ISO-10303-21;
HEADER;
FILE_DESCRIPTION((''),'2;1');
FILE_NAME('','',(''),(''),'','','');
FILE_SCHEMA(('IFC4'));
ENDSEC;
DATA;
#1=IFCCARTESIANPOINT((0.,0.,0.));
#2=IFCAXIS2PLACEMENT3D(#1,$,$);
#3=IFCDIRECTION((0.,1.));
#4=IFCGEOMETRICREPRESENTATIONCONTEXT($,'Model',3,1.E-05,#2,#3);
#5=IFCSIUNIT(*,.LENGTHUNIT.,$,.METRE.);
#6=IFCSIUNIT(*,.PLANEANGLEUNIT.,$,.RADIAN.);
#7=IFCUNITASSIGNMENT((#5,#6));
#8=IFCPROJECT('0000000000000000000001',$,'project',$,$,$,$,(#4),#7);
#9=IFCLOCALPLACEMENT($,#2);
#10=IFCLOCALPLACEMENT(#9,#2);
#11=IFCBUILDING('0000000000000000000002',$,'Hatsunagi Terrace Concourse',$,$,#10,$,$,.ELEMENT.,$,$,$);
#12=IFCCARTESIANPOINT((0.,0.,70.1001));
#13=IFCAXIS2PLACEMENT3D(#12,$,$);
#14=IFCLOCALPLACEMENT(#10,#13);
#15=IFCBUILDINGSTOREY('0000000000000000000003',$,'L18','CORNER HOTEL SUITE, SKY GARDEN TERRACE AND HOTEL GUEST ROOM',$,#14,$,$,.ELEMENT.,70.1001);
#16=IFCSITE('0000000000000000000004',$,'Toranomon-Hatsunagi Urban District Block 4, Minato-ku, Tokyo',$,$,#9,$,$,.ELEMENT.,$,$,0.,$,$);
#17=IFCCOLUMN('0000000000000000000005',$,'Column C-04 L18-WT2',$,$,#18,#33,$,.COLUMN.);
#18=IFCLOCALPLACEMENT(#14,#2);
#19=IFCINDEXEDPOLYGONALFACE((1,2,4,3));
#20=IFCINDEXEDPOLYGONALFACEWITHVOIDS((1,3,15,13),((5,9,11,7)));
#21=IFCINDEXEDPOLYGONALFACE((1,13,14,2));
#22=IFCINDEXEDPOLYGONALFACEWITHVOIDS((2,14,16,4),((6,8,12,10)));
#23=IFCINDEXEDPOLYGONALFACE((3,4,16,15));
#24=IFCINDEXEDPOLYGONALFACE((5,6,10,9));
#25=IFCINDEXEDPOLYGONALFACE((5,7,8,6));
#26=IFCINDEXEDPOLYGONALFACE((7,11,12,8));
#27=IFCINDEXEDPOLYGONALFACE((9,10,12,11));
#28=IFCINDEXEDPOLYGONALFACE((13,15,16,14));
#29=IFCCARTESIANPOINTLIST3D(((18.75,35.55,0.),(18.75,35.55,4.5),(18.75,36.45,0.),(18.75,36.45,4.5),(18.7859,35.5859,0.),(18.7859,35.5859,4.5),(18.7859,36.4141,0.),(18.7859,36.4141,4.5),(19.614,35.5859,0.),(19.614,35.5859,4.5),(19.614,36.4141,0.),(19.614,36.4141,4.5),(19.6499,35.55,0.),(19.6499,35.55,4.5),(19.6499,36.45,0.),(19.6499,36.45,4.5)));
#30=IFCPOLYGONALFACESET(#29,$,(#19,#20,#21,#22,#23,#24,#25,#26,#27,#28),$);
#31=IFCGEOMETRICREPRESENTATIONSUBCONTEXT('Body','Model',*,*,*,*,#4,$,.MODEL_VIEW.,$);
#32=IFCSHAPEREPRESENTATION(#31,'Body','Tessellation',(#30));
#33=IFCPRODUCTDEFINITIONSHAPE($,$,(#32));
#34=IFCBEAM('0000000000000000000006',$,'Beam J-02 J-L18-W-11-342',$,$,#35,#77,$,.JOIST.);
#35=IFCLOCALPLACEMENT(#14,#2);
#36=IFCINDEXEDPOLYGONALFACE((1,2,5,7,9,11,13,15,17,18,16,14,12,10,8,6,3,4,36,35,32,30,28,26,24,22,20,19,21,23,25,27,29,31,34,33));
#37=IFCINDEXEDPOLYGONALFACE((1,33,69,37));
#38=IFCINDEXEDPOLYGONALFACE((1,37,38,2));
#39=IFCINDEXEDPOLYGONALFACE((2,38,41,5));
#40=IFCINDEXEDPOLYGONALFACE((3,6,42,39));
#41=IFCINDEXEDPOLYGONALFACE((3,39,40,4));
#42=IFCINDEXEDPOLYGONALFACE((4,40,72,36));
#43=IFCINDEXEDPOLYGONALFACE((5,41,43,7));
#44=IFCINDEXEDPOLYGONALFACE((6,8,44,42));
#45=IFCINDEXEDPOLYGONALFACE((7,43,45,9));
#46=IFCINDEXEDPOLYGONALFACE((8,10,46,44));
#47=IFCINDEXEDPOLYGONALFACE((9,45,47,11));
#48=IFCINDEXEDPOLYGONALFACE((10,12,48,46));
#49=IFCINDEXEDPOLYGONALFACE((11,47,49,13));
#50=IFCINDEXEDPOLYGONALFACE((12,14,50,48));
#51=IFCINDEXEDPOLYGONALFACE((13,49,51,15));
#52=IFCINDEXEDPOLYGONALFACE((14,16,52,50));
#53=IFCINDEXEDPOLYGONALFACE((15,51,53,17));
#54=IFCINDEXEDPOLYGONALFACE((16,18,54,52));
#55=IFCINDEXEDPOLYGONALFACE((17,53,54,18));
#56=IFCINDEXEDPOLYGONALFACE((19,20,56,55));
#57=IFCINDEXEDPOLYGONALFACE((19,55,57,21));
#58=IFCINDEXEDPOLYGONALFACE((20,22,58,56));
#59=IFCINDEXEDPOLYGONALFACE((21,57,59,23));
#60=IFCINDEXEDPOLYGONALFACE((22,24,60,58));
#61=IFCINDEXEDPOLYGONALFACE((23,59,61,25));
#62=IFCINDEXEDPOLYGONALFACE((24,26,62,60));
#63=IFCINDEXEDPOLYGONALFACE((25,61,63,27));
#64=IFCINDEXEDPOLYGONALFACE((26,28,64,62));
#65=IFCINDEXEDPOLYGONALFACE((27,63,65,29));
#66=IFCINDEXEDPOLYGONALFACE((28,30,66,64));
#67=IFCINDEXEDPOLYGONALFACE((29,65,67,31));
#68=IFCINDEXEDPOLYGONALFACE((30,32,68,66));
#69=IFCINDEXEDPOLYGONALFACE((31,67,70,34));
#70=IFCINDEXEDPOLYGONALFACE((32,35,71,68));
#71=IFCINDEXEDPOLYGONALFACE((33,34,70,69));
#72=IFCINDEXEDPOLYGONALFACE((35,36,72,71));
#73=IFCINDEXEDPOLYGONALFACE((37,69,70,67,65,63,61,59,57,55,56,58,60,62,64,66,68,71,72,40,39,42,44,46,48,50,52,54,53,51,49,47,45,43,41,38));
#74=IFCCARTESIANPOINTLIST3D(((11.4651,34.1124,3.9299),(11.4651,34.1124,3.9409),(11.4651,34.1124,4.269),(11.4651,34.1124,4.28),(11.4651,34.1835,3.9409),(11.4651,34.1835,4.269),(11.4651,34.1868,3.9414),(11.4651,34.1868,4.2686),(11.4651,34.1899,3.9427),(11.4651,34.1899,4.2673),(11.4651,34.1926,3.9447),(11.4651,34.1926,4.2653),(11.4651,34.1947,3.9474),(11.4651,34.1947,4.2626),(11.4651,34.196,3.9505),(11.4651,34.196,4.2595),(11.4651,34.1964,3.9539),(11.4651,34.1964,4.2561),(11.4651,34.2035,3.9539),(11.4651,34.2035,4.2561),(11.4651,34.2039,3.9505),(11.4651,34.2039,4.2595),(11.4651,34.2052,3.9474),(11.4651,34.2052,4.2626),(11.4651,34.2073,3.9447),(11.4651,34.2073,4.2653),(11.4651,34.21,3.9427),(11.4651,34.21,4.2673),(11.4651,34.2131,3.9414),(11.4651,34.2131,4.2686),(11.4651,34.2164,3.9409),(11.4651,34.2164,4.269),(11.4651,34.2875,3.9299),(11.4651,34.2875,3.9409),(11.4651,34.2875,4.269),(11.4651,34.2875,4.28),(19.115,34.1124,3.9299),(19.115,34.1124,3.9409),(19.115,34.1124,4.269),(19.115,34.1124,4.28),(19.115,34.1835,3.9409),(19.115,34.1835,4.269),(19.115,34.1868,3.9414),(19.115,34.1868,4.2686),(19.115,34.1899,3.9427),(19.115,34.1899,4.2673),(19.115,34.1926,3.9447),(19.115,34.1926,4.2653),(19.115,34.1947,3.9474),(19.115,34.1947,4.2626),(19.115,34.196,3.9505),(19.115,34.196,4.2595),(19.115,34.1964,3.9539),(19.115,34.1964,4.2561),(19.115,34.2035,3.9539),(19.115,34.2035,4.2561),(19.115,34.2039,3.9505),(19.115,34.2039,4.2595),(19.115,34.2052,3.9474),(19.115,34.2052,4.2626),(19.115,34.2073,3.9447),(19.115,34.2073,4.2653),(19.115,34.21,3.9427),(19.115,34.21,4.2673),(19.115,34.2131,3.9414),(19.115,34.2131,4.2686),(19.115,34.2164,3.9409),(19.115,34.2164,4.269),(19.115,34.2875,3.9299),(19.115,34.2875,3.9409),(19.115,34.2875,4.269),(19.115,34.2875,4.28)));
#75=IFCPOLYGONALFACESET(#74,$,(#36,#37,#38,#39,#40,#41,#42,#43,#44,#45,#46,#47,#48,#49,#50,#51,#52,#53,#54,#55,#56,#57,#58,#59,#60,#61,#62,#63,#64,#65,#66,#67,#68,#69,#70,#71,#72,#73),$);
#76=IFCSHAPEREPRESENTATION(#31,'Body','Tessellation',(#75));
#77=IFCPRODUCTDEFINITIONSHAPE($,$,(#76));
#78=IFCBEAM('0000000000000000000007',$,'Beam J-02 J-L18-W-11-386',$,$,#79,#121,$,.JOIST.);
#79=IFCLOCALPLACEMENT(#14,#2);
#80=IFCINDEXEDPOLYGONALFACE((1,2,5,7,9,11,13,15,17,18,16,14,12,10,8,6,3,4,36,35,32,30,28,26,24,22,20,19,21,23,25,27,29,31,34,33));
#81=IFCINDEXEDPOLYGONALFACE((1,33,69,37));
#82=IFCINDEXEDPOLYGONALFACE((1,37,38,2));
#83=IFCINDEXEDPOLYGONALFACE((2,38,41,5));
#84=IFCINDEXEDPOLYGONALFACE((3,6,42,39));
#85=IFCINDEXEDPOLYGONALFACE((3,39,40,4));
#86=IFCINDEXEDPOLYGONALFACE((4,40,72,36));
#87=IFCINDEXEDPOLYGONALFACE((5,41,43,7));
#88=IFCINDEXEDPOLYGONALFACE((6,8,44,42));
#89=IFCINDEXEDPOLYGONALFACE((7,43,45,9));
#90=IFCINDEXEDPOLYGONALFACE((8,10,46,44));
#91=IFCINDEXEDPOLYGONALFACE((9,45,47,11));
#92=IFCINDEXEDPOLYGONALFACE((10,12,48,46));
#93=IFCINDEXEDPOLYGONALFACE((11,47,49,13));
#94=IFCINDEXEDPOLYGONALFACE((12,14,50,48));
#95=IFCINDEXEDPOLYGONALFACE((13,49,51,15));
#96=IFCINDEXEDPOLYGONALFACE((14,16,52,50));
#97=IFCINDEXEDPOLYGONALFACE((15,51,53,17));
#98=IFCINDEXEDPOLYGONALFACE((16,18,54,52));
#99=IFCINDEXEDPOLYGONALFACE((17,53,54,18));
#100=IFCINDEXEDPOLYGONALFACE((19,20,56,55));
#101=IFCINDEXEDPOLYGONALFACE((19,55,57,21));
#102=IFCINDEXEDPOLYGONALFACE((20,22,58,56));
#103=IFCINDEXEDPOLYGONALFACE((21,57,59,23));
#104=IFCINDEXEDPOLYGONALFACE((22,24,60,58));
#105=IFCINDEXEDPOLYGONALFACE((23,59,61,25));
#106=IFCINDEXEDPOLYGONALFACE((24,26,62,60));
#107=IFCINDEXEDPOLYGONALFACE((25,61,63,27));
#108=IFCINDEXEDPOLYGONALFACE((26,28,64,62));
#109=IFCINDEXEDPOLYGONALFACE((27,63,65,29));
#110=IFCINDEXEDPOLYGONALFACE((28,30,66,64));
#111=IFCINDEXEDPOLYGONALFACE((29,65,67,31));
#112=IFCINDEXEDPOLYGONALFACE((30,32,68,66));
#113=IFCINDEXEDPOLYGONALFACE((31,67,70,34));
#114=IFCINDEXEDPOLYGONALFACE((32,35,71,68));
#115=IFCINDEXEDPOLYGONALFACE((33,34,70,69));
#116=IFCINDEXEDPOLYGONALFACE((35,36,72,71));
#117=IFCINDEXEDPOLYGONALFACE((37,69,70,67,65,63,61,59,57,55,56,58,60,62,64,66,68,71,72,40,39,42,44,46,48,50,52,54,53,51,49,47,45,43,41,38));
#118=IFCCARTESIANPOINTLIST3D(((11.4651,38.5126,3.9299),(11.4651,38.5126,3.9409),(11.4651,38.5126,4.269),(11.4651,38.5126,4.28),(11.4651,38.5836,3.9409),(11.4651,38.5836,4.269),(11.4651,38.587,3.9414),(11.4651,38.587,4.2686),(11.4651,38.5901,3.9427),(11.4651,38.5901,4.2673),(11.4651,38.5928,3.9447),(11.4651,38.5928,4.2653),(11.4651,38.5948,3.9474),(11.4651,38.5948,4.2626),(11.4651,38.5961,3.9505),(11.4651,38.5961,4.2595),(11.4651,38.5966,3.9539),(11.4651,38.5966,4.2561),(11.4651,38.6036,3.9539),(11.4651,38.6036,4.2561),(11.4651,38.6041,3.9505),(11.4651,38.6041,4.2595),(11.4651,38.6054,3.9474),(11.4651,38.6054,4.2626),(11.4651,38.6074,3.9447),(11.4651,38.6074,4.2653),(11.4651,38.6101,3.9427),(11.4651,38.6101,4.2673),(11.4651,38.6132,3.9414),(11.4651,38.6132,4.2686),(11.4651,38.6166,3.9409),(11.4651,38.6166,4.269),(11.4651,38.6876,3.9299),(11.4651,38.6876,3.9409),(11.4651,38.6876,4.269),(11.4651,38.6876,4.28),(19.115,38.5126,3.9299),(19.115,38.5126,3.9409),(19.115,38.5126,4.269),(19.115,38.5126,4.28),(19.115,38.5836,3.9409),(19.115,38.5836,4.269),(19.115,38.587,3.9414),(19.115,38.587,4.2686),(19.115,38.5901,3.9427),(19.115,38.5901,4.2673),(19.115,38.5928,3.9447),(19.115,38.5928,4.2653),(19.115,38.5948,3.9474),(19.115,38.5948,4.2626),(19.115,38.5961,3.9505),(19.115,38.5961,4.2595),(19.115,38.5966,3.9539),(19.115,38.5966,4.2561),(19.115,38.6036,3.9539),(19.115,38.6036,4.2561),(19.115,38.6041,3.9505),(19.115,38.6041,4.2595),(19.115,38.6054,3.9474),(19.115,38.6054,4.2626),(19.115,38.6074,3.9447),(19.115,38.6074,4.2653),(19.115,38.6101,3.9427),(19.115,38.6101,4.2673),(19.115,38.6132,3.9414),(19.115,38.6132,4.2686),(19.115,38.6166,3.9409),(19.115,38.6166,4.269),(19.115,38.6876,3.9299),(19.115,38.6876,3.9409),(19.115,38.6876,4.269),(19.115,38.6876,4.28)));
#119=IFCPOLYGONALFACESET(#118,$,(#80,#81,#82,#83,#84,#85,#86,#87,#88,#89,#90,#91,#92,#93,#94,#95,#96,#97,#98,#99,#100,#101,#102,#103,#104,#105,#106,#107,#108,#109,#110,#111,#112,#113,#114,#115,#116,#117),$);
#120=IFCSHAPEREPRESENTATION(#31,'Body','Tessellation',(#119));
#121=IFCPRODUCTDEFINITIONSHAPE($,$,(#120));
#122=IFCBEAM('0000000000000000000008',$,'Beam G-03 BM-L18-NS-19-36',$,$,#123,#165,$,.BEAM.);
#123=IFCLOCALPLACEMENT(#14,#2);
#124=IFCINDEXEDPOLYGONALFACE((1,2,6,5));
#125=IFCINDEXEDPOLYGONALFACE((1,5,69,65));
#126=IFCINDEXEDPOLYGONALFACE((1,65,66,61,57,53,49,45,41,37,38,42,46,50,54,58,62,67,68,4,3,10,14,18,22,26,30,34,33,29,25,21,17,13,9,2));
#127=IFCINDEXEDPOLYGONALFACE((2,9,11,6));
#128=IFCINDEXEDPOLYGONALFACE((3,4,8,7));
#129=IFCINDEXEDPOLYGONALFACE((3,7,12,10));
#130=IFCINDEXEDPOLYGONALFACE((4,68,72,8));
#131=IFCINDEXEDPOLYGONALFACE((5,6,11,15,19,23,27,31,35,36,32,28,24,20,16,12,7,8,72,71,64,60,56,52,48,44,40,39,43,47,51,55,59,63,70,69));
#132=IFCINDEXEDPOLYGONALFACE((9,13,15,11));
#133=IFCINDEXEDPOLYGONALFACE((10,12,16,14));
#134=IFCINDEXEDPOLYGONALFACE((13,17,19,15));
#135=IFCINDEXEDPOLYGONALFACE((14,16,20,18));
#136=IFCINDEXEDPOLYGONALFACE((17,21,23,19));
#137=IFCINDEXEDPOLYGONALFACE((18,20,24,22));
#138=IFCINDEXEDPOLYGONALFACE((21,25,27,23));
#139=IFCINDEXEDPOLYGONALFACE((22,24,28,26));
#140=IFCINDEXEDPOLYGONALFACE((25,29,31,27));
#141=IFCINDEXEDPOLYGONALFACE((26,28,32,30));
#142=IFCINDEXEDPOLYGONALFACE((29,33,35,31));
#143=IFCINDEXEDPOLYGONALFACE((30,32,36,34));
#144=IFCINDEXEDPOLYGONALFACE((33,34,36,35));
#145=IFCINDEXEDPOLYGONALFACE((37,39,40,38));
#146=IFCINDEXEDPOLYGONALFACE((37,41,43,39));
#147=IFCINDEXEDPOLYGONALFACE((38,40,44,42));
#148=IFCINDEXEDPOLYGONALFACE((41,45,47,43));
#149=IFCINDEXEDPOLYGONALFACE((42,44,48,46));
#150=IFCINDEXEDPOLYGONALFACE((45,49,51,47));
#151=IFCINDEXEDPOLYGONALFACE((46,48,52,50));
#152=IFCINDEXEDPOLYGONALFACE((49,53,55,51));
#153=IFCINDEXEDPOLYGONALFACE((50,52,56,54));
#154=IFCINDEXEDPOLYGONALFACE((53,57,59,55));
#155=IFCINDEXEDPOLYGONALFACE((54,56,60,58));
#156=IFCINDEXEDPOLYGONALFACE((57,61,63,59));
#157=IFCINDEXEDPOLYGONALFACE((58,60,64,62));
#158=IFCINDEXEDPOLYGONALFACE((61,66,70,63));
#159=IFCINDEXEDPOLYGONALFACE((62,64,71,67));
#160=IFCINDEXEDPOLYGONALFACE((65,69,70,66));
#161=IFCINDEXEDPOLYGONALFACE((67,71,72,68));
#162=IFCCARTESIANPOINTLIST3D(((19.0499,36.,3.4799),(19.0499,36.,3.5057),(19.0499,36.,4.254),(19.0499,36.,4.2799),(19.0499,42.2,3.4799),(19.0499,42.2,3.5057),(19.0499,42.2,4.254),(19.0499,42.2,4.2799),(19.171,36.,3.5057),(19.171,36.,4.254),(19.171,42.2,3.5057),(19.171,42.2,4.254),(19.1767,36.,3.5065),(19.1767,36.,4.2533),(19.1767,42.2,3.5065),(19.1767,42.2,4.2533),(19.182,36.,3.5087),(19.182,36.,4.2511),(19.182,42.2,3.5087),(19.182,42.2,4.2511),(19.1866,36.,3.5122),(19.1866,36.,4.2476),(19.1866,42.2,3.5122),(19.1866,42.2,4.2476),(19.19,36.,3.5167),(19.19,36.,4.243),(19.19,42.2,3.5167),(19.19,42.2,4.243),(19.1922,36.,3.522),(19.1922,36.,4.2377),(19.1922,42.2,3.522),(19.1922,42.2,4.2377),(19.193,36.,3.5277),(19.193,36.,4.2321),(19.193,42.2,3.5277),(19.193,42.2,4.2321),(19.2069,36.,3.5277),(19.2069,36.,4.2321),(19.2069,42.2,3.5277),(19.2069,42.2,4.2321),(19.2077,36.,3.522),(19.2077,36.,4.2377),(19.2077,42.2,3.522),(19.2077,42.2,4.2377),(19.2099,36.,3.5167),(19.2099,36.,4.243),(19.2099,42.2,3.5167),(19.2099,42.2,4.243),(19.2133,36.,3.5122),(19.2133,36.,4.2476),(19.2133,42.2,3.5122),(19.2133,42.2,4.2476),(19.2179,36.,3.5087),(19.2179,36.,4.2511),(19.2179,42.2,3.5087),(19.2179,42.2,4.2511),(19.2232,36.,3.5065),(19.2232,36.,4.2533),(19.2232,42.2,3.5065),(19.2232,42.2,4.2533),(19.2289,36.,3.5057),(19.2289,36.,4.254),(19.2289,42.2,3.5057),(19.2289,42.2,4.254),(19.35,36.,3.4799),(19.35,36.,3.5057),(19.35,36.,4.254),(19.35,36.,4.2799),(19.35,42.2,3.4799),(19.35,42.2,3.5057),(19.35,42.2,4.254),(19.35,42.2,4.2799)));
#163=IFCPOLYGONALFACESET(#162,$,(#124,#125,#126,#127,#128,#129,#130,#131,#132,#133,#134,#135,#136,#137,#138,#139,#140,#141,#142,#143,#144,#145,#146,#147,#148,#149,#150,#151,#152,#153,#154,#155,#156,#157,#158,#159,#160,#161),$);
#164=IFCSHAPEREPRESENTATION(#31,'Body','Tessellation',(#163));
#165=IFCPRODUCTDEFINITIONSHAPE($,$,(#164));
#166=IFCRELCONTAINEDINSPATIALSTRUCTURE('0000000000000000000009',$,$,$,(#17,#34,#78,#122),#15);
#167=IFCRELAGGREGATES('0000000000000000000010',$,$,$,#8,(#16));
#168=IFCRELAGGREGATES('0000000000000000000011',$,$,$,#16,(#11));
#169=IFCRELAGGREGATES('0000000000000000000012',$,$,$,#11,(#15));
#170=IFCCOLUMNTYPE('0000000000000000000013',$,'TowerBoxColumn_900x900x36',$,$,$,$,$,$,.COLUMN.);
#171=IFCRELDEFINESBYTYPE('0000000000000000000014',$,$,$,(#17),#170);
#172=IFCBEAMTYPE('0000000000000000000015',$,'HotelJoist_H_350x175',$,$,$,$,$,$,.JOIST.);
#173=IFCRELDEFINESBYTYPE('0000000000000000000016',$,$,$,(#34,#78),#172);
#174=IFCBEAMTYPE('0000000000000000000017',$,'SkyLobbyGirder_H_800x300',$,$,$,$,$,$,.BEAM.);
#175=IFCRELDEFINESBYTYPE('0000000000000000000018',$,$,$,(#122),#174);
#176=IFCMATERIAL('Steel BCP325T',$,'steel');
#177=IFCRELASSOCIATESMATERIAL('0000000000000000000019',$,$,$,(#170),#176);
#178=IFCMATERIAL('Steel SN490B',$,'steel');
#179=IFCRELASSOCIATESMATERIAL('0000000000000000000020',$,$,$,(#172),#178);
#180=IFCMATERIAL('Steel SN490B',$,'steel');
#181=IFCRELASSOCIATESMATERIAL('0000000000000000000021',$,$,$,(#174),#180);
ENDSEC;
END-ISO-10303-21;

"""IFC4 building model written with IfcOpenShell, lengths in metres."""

from ifc_helpers import new_model, si_unit, direction, frame, origin, origin_2d, place, context, subcontext, project, spatial, hollow_rectangle, i_section, extrude, material, material_profile, profile_set, type_object, element, save


model = new_model("IFC4")

# Units and contexts
model_context = context("Model", 3, precision=1e-05, world=origin(), true_north=direction((0.0, 1.0)))
body_context = subcontext(model_context, "Body", "Model", "MODEL_VIEW")
ifc_project = project(units=[si_unit("LENGTHUNIT", "METRE"), si_unit("PLANEANGLEUNIT", "RADIAN")], contexts=[model_context])

# Site, building, storey
site_placement = place(None, origin())
site = spatial("IfcSite", under=ifc_project, at=site_placement, Name="Toranomon-Hatsunagi Urban District Block 4, Minato-ku, Tokyo", CompositionType="ELEMENT", RefElevation=0.0)
building_placement = place(site_placement, origin())
building = spatial("IfcBuilding", under=site, at=building_placement, Name="Hatsunagi Terrace Concourse", CompositionType="ELEMENT")
storey_placement = place(building_placement, frame((0.0, 0.0, 70.1001)))
storey = spatial("IfcBuildingStorey", under=building, at=storey_placement, Name="L18", Description="CORNER HOTEL SUITE, SKY GARDEN TERRACE AND HOTEL GUEST ROOM", CompositionType="ELEMENT", Elevation=70.1001)

# Column
ifc_material_1 = material(Name="Steel BCP325T", Category="steel")
ifc_material_profile_1 = material_profile(ifc_material_1, hollow_rectangle(XDim=0.8999, YDim=0.8999, WallThickness=0.0359, at=origin_2d()), Name="BCP-900x900x36")
ifc_profile_set_1 = profile_set([ifc_material_profile_1], Name="Steel BCP325T")
column_type = type_object("IfcColumnType", Name="TowerBoxColumn_900x900x36", PredefinedType="COLUMN", material=ifc_profile_set_1)
column_placement = place(storey_placement, frame((19.2, 36.0, 0.0), z_axis=(0.0, 0.0, 1.0), x_axis=(1.0, 0.0, 0.0)))
element("IfcColumn", 1, at=column_placement, inside=storey, type_object=column_type, Name="Column C-04 L18-WT2", PredefinedType="COLUMN", context=body_context, shape_type="SweptSolid", body=[
    extrude(hollow_rectangle(XDim=0.8999, YDim=0.8999, WallThickness=0.0359, at=origin_2d()), origin(), (0.0, 0.0, 1.0), 4.5),
])

# Beams
ifc_material_2 = material(Name="Steel SN490B", Category="steel")
ifc_material_profile_2 = material_profile(ifc_material_2, i_section(OverallWidth=0.175, OverallDepth=0.3501, WebThickness=0.0071, FlangeThickness=0.011, FilletRadius=0.0129, at=origin_2d()), Name="H-350x175x7x11")
ifc_profile_set_2 = profile_set([ifc_material_profile_2], Name="Steel SN490B")
beam_type_1 = type_object("IfcBeamType", Name="HotelJoist_H_350x175", PredefinedType="JOIST", material=ifc_profile_set_2)
for number, where, z_axis, x_axis, name in (
    (2, (11.4651, 34.2, 4.105), (1.0, 0.0, 0.0), (0.0, 1.0, 0.0), "Beam J-02 J-L18-W-11-342"),
    (3, (11.4651, 38.6001, 4.105), (1.0, 0.0, 0.0), (0.0, 1.0, 0.0), "Beam J-02 J-L18-W-11-386"),
):
    element("IfcBeam", number, at=place(storey_placement, frame(where, z_axis=z_axis, x_axis=x_axis)), inside=storey, type_object=beam_type_1, Name=name, PredefinedType="JOIST", context=body_context, shape_type="SweptSolid", body=[
        extrude(i_section(OverallWidth=0.175, OverallDepth=0.3501, WebThickness=0.0071, FlangeThickness=0.011, FilletRadius=0.0129, at=origin_2d()), origin(), (0.0, 0.0, 1.0), 7.6499),
    ])
ifc_material_3 = material(Name="Steel SN490B", Category="steel")
ifc_material_profile_3 = material_profile(ifc_material_3, i_section(OverallWidth=0.3, OverallDepth=0.8, WebThickness=0.0139, FlangeThickness=0.0259, FilletRadius=0.022, at=origin_2d()), Name="H-800x300x14x26")
ifc_profile_set_3 = profile_set([ifc_material_profile_3], Name="Steel SN490B")
beam_type_2 = type_object("IfcBeamType", Name="SkyLobbyGirder_H_800x300", PredefinedType="BEAM", material=ifc_profile_set_3)
beam_1_placement = place(storey_placement, frame((19.2, 36.0, 3.8799), z_axis=(0.0, 1.0, 0.0), x_axis=(-1.0, 0.0, 0.0)))
element("IfcBeam", 4, at=beam_1_placement, inside=storey, type_object=beam_type_2, Name="Beam G-03 BM-L18-NS-19-36", PredefinedType="BEAM", context=body_context, shape_type="SweptSolid", body=[
    extrude(i_section(OverallWidth=0.3, OverallDepth=0.8, WebThickness=0.0139, FlangeThickness=0.0259, FilletRadius=0.022, at=origin_2d()), origin(), (0.0, 0.0, 1.0), 6.2),
])

save(model, "model.ifc")
